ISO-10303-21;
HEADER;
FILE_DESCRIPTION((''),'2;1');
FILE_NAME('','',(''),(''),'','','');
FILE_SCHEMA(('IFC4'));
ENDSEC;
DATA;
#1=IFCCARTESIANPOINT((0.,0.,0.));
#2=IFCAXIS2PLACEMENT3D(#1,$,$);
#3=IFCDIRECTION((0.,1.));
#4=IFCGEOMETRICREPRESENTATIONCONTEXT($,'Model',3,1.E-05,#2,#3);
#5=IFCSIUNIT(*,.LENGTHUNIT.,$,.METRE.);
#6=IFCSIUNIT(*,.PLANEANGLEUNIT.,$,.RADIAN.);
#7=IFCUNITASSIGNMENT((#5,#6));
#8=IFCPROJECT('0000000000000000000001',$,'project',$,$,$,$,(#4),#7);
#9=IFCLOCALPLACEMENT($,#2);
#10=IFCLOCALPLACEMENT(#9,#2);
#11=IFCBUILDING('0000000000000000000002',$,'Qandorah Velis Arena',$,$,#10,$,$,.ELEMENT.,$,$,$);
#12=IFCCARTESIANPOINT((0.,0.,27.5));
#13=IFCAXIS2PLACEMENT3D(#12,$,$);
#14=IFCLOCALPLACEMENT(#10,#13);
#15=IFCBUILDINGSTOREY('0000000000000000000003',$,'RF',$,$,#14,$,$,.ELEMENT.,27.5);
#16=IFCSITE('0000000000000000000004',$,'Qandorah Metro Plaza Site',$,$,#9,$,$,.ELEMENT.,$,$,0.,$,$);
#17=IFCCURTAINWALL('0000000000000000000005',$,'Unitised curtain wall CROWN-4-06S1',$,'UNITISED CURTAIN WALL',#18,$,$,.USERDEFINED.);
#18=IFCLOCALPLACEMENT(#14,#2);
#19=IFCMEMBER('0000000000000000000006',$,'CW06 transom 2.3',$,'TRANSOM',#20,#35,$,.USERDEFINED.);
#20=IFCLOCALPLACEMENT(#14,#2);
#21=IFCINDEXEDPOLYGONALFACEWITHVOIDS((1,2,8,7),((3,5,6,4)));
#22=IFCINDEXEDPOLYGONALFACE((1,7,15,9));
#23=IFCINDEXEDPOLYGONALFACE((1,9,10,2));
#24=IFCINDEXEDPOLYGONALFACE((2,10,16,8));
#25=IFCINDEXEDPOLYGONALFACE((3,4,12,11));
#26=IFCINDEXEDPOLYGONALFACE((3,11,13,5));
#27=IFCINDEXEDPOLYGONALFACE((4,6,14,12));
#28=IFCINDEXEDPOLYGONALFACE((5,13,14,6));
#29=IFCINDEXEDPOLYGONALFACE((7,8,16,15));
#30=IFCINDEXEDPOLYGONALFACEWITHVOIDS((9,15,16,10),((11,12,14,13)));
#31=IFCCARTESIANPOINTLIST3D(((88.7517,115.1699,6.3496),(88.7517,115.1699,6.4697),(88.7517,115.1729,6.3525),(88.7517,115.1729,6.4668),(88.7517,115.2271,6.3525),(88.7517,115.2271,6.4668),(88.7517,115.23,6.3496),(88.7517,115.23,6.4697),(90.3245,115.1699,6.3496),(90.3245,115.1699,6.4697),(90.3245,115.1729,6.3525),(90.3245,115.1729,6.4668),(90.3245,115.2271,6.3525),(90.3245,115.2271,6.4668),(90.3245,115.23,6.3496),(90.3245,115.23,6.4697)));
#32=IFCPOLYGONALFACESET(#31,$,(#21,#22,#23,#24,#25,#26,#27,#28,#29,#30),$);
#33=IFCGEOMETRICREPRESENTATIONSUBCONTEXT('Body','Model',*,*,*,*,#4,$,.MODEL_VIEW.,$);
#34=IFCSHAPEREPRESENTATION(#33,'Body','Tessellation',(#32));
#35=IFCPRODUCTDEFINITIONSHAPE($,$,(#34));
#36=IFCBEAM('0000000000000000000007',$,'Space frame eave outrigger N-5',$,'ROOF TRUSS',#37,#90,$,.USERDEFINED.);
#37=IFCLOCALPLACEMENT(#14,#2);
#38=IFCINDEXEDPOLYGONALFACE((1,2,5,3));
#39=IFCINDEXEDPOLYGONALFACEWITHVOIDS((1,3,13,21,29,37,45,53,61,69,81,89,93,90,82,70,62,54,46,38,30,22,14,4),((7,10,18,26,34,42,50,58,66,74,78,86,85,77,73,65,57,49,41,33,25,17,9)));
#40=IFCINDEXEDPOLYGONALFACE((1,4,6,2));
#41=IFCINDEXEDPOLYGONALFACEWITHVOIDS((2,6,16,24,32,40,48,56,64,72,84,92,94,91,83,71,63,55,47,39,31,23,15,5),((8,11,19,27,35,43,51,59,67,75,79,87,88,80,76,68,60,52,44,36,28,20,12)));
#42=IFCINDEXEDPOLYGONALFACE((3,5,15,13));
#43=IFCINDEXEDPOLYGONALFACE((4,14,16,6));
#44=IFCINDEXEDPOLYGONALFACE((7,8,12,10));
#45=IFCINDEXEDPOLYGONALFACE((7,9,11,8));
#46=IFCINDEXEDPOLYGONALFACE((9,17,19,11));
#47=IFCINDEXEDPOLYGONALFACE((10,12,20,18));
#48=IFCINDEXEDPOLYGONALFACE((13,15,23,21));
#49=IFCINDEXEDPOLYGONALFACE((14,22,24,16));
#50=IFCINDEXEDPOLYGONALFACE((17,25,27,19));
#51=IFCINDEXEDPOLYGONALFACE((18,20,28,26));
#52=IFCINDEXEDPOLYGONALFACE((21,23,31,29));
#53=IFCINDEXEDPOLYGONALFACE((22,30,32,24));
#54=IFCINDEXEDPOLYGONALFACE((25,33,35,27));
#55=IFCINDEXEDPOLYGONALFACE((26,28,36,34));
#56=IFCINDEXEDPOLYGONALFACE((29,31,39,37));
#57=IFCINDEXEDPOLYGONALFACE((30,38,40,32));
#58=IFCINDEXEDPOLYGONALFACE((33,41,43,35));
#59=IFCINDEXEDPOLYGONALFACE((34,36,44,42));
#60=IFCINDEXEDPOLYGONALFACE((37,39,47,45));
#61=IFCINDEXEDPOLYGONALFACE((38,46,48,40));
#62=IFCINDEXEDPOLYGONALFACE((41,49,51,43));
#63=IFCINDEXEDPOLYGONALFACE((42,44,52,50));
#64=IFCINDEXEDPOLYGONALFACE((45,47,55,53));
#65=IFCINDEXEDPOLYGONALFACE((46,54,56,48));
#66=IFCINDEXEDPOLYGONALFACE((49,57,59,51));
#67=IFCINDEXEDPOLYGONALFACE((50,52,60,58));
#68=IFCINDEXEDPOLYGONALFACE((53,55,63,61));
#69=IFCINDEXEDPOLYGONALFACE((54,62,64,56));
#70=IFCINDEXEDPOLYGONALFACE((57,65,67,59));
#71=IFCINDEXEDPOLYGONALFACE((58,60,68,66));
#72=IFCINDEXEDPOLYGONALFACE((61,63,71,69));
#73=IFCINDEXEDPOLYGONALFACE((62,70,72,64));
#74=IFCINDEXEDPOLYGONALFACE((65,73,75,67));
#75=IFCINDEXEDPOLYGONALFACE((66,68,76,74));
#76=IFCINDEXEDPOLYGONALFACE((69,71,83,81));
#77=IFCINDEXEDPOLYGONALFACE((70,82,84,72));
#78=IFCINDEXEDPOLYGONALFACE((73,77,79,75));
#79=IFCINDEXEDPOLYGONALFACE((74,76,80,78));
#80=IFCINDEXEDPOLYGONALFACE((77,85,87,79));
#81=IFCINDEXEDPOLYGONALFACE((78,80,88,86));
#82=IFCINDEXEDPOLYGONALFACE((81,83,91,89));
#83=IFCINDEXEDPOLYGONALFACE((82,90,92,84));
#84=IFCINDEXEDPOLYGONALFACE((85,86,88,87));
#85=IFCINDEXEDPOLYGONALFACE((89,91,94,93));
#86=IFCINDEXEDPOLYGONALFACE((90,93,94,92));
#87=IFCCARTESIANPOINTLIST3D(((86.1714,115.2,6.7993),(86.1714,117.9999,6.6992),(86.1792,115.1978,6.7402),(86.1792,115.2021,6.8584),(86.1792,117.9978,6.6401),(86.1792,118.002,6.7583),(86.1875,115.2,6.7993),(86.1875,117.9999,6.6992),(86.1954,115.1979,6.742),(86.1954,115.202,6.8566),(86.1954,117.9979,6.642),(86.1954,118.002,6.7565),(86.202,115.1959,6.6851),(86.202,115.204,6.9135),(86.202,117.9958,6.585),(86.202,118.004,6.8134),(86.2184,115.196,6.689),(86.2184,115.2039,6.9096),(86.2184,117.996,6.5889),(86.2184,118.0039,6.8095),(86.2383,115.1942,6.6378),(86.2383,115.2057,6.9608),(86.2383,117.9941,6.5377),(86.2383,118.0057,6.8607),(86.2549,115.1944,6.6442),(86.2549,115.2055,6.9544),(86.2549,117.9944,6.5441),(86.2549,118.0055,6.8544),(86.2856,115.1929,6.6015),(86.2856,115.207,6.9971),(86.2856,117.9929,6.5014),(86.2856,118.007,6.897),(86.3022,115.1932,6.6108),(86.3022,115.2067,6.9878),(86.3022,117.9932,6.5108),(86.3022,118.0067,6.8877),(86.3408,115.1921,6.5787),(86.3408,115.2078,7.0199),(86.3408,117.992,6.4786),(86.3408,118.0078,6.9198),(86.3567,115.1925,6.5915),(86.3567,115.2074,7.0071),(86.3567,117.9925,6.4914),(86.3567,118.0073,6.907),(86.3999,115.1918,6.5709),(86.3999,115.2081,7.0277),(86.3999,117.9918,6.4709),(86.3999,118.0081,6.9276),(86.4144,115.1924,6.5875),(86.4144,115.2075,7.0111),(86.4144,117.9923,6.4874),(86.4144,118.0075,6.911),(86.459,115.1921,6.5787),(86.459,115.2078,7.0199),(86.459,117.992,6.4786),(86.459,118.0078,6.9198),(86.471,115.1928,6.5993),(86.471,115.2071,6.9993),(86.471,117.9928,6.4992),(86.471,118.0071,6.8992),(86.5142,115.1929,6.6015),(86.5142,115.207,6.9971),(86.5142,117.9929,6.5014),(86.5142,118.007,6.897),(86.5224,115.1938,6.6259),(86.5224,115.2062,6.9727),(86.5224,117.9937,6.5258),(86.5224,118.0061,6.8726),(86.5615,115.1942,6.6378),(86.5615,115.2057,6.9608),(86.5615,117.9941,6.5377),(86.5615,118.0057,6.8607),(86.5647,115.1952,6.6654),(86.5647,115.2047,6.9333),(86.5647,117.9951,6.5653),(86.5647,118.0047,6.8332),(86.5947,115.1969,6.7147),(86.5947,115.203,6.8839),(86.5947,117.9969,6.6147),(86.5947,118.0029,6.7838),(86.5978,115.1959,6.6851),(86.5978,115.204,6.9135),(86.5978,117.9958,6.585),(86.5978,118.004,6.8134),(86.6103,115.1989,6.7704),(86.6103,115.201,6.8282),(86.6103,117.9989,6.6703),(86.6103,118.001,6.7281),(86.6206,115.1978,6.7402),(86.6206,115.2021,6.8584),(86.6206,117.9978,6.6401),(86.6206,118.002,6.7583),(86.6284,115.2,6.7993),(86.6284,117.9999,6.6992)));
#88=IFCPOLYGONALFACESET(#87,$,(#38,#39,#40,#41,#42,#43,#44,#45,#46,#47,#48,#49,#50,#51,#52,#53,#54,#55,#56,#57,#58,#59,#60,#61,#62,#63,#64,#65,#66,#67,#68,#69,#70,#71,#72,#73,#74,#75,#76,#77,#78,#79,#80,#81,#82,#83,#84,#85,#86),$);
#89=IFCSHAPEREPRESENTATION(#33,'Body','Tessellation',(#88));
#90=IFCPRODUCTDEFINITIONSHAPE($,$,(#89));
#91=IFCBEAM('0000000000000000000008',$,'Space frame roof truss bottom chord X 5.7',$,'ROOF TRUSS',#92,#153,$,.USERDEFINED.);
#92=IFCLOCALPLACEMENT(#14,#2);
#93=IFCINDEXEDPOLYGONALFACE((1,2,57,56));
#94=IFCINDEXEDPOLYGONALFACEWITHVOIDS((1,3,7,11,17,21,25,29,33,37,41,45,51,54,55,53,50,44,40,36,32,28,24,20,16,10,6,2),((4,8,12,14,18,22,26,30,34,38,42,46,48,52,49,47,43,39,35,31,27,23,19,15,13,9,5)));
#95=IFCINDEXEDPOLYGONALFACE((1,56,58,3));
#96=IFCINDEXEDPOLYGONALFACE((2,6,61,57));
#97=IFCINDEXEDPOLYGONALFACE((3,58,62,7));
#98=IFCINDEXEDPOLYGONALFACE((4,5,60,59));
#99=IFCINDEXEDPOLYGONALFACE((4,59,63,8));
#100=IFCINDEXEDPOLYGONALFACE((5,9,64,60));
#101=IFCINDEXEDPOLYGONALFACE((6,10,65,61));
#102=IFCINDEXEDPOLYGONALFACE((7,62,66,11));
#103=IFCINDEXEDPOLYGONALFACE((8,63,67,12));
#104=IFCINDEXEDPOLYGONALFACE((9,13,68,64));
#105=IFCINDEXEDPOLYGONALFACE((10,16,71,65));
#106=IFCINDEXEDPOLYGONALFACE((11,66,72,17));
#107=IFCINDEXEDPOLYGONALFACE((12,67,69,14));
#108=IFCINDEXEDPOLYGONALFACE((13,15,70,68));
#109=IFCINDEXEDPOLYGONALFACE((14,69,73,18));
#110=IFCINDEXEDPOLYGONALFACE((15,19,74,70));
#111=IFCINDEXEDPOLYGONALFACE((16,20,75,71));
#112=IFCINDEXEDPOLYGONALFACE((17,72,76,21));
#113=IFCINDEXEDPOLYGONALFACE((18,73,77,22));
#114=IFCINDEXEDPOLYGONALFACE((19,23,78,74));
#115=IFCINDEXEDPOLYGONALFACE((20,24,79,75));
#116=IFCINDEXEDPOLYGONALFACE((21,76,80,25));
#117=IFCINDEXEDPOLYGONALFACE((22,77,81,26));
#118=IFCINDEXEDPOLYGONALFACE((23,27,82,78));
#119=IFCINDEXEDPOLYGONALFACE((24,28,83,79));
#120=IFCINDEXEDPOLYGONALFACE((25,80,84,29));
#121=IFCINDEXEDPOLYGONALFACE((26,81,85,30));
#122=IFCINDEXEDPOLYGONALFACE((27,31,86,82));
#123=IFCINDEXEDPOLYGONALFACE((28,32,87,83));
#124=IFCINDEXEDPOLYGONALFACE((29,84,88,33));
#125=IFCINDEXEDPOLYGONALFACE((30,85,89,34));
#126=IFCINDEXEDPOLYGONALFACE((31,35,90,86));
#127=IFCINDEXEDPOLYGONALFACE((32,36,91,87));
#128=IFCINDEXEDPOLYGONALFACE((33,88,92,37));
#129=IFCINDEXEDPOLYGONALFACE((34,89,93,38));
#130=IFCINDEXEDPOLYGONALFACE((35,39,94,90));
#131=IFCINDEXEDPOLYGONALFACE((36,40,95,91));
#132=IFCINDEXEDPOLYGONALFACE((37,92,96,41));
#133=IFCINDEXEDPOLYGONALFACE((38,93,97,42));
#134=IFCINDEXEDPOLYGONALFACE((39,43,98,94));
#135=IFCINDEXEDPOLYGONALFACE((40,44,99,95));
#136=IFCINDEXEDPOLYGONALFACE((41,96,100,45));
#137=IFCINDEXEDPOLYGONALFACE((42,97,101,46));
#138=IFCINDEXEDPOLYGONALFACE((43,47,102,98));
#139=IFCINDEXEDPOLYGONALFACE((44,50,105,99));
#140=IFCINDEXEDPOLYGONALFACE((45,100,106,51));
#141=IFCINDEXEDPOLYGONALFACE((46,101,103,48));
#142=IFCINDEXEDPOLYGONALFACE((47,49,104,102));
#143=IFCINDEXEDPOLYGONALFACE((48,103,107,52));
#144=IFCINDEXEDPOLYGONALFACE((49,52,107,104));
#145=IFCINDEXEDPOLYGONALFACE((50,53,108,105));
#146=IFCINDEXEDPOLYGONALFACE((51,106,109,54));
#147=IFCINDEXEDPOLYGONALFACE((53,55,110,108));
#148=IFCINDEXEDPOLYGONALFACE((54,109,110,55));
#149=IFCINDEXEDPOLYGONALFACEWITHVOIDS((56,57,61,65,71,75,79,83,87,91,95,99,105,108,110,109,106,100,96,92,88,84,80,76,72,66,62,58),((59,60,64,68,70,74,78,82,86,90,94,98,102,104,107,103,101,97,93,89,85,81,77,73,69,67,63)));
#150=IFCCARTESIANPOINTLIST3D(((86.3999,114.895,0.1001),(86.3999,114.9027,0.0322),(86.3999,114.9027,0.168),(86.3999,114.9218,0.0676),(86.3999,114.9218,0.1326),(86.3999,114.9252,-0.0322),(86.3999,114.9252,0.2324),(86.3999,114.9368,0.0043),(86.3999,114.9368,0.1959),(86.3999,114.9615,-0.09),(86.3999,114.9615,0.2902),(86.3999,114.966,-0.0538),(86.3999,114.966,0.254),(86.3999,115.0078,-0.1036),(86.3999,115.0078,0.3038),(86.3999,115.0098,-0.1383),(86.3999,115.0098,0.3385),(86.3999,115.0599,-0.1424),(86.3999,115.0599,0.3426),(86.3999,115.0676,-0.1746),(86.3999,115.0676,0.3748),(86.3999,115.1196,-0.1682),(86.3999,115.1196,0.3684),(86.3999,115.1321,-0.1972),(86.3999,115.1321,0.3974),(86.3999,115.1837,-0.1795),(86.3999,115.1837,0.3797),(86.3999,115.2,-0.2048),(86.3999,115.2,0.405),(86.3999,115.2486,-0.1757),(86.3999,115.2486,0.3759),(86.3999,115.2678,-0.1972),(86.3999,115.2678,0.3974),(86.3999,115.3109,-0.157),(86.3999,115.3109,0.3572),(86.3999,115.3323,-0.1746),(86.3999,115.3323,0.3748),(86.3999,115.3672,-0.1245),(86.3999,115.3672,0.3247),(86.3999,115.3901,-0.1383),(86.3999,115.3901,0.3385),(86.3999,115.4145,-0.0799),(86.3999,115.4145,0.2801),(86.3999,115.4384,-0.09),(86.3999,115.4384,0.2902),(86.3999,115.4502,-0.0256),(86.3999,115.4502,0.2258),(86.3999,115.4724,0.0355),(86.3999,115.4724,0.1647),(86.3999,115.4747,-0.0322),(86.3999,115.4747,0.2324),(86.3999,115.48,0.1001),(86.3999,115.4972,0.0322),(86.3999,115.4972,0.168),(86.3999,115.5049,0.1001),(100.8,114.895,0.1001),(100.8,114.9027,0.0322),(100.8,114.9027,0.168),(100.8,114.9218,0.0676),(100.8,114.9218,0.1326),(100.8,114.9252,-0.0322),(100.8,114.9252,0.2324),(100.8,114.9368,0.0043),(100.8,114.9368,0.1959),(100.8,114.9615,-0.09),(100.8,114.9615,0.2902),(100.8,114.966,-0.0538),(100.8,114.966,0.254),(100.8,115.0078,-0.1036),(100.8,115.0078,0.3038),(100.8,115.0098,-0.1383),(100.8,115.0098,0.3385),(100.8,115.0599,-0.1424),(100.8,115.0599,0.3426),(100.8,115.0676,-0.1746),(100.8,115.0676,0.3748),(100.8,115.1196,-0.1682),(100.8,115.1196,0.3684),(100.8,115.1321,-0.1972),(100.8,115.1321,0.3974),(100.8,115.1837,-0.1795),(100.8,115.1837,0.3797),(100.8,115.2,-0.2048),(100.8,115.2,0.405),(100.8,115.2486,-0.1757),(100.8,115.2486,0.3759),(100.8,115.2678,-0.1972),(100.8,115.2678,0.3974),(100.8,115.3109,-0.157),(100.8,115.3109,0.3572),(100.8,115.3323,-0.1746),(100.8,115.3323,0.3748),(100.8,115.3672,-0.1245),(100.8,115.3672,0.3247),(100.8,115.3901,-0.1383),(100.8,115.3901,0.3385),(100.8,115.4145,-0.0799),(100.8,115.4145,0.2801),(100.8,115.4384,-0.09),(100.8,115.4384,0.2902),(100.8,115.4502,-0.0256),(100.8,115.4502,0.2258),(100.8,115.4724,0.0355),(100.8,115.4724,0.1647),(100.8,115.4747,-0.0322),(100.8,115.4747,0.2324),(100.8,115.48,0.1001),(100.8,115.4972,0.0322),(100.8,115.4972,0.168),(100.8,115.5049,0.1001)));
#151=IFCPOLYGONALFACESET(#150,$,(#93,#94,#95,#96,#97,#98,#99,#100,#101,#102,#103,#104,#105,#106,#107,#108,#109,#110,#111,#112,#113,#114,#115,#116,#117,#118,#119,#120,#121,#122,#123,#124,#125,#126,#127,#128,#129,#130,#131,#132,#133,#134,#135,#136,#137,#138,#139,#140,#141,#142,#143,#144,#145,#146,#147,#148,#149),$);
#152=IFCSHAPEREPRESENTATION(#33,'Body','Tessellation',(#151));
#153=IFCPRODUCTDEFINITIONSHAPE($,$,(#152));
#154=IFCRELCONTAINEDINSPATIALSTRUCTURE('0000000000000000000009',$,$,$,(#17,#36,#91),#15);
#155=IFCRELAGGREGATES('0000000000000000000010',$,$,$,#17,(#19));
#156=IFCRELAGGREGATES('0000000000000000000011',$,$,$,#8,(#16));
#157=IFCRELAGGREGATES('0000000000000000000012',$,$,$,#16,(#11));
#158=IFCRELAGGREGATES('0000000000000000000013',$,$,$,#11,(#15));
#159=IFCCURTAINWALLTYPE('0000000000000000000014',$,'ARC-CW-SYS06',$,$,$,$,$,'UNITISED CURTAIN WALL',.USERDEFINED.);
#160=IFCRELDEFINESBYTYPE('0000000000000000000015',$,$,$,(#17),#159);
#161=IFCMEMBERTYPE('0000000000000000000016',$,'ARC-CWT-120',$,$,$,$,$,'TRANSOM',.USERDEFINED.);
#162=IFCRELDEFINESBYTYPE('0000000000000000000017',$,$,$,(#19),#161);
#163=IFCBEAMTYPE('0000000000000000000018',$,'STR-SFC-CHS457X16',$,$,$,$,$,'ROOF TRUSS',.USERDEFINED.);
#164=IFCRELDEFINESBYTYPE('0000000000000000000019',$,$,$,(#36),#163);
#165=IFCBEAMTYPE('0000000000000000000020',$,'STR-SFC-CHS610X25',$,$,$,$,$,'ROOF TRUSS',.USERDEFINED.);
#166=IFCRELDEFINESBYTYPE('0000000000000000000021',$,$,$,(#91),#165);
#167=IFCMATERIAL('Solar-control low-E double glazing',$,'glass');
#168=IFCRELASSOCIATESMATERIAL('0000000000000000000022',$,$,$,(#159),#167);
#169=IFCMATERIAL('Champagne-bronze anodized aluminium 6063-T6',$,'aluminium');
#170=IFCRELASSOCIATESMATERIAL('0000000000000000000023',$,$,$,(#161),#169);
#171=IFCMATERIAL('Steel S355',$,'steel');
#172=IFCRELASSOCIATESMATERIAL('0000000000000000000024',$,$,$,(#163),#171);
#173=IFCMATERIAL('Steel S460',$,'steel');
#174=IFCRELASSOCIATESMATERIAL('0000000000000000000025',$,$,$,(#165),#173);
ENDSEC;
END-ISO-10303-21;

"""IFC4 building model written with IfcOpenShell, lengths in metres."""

from ifc_helpers import new_model, si_unit, direction, frame, origin, origin_2d, place, context, subcontext, project, spatial, hollow_rectangle, hollow_circle, extrude, material, material_profile, profile_set, type_object, element, aggregate, save


model = new_model("IFC4")

# Units and contexts
model_context = context("Model", 3, precision=1e-05, world=origin(), true_north=direction((0.0, 1.0)))
body_context = subcontext(model_context, "Body", "Model", "MODEL_VIEW")
ifc_project = project(units=[si_unit("LENGTHUNIT", "METRE"), si_unit("PLANEANGLEUNIT", "RADIAN")], contexts=[model_context])

# Site, building, storey
site_placement = place(None, origin())
site = spatial("IfcSite", under=ifc_project, at=site_placement, Name="Qandorah Metro Plaza Site", CompositionType="ELEMENT", RefElevation=0.0)
building_placement = place(site_placement, origin())
building = spatial("IfcBuilding", under=site, at=building_placement, Name="Qandorah Velis Arena", CompositionType="ELEMENT")
storey_placement = place(building_placement, frame((0.0, 0.0, 27.5)))
storey = spatial("IfcBuildingStorey", under=building, at=storey_placement, Name="RF", CompositionType="ELEMENT", Elevation=27.5)

# Curtain wall
ifc_material_1 = material(Name="Solar-control low-E double glazing", Category="glass")
curtain_wall_type = type_object("IfcCurtainWallType", Name="ARC-CW-SYS06", ElementType="UNITISED CURTAIN WALL", PredefinedType="USERDEFINED", material=ifc_material_1)
ifc_material_2 = material(Name="Champagne-bronze anodized aluminium 6063-T6", Category="aluminium")
curtain_wall_1_placement = place(storey_placement, origin())
curtain_wall_1 = element("IfcCurtainWall", 1, at=curtain_wall_1_placement, inside=storey, type_object=curtain_wall_type, Name="Unitised curtain wall CROWN-4-06S1", ObjectType="UNITISED CURTAIN WALL", PredefinedType="USERDEFINED")

# Member
ifc_material_profile_1 = material_profile(ifc_material_2, hollow_rectangle(XDim=0.0601, YDim=0.1201, WallThickness=0.0029, at=origin_2d()), Name="ALU TRANSOM 60x120")
ifc_profile_set_1 = profile_set([ifc_material_profile_1], Name="Champagne-bronze anodized aluminium 6063-T6")
member_type_1 = type_object("IfcMemberType", Name="ARC-CWT-120", ElementType="TRANSOM", PredefinedType="USERDEFINED", material=ifc_profile_set_1)
member_1_placement = place(storey_placement, frame((88.7517, 115.2, 6.4097), z_axis=(1.0, 0.0, 0.0), x_axis=(0.0, 1.0, 0.0)))
member_1 = element("IfcMember", 2, at=member_1_placement, type_object=member_type_1, Name="CW06 transom 2.3", ObjectType="TRANSOM", PredefinedType="USERDEFINED", context=body_context, shape_type="SweptSolid", body=[
    extrude(hollow_rectangle(XDim=0.0601, YDim=0.1201, WallThickness=0.0029, at=origin_2d()), origin(), (0.0, 0.0, 1.0), 1.5728),
])

# Beams
ifc_material_3 = material(Name="Steel S355", Category="steel")
ifc_material_profile_2 = material_profile(ifc_material_3, hollow_circle(Radius=0.2285, WallThickness=0.0161, at=origin_2d()), Name="CHS 457x16")
ifc_profile_set_2 = profile_set([ifc_material_profile_2], Name="Steel S355")
beam_type_1 = type_object("IfcBeamType", Name="STR-SFC-CHS457X16", ElementType="ROOF TRUSS", PredefinedType="USERDEFINED", material=ifc_profile_set_2)
beam_1_placement = place(storey_placement, frame((86.3999, 115.2, 6.7993), z_axis=(0.0, 0.999362, -0.035726), x_axis=(-1.0, 0.0, 0.0)))
element("IfcBeam", 3, at=beam_1_placement, inside=storey, type_object=beam_type_1, Name="Space frame eave outrigger N-5", ObjectType="ROOF TRUSS", PredefinedType="USERDEFINED", context=body_context, shape_type="SweptSolid", body=[
    extrude(hollow_circle(Radius=0.2285, WallThickness=0.0161, at=origin_2d()), origin(), (0.0, 0.0, 1.0), 2.8018),
])
ifc_material_4 = material(Name="Steel S460", Category="steel")
ifc_material_profile_3 = material_profile(ifc_material_4, hollow_circle(Radius=0.3049, WallThickness=0.0249, at=origin_2d()), Name="CHS 610x25")
ifc_profile_set_3 = profile_set([ifc_material_profile_3], Name="Steel S460")
beam_type_2 = type_object("IfcBeamType", Name="STR-SFC-CHS610X25", ElementType="ROOF TRUSS", PredefinedType="USERDEFINED", material=ifc_profile_set_3)
beam_2_placement = place(storey_placement, frame((86.3999, 115.2, 0.1001), z_axis=(1.0, 0.0, 0.0), x_axis=(0.0, 1.0, 0.0)))
element("IfcBeam", 4, at=beam_2_placement, inside=storey, type_object=beam_type_2, Name="Space frame roof truss bottom chord X 5.7", ObjectType="ROOF TRUSS", PredefinedType="USERDEFINED", context=body_context, shape_type="SweptSolid", body=[
    extrude(hollow_circle(Radius=0.3049, WallThickness=0.0249, at=origin_2d()), origin(), (0.0, 0.0, 1.0), 14.4001),
])

aggregate(curtain_wall_1, [member_1])

save(model, "model.ifc")
